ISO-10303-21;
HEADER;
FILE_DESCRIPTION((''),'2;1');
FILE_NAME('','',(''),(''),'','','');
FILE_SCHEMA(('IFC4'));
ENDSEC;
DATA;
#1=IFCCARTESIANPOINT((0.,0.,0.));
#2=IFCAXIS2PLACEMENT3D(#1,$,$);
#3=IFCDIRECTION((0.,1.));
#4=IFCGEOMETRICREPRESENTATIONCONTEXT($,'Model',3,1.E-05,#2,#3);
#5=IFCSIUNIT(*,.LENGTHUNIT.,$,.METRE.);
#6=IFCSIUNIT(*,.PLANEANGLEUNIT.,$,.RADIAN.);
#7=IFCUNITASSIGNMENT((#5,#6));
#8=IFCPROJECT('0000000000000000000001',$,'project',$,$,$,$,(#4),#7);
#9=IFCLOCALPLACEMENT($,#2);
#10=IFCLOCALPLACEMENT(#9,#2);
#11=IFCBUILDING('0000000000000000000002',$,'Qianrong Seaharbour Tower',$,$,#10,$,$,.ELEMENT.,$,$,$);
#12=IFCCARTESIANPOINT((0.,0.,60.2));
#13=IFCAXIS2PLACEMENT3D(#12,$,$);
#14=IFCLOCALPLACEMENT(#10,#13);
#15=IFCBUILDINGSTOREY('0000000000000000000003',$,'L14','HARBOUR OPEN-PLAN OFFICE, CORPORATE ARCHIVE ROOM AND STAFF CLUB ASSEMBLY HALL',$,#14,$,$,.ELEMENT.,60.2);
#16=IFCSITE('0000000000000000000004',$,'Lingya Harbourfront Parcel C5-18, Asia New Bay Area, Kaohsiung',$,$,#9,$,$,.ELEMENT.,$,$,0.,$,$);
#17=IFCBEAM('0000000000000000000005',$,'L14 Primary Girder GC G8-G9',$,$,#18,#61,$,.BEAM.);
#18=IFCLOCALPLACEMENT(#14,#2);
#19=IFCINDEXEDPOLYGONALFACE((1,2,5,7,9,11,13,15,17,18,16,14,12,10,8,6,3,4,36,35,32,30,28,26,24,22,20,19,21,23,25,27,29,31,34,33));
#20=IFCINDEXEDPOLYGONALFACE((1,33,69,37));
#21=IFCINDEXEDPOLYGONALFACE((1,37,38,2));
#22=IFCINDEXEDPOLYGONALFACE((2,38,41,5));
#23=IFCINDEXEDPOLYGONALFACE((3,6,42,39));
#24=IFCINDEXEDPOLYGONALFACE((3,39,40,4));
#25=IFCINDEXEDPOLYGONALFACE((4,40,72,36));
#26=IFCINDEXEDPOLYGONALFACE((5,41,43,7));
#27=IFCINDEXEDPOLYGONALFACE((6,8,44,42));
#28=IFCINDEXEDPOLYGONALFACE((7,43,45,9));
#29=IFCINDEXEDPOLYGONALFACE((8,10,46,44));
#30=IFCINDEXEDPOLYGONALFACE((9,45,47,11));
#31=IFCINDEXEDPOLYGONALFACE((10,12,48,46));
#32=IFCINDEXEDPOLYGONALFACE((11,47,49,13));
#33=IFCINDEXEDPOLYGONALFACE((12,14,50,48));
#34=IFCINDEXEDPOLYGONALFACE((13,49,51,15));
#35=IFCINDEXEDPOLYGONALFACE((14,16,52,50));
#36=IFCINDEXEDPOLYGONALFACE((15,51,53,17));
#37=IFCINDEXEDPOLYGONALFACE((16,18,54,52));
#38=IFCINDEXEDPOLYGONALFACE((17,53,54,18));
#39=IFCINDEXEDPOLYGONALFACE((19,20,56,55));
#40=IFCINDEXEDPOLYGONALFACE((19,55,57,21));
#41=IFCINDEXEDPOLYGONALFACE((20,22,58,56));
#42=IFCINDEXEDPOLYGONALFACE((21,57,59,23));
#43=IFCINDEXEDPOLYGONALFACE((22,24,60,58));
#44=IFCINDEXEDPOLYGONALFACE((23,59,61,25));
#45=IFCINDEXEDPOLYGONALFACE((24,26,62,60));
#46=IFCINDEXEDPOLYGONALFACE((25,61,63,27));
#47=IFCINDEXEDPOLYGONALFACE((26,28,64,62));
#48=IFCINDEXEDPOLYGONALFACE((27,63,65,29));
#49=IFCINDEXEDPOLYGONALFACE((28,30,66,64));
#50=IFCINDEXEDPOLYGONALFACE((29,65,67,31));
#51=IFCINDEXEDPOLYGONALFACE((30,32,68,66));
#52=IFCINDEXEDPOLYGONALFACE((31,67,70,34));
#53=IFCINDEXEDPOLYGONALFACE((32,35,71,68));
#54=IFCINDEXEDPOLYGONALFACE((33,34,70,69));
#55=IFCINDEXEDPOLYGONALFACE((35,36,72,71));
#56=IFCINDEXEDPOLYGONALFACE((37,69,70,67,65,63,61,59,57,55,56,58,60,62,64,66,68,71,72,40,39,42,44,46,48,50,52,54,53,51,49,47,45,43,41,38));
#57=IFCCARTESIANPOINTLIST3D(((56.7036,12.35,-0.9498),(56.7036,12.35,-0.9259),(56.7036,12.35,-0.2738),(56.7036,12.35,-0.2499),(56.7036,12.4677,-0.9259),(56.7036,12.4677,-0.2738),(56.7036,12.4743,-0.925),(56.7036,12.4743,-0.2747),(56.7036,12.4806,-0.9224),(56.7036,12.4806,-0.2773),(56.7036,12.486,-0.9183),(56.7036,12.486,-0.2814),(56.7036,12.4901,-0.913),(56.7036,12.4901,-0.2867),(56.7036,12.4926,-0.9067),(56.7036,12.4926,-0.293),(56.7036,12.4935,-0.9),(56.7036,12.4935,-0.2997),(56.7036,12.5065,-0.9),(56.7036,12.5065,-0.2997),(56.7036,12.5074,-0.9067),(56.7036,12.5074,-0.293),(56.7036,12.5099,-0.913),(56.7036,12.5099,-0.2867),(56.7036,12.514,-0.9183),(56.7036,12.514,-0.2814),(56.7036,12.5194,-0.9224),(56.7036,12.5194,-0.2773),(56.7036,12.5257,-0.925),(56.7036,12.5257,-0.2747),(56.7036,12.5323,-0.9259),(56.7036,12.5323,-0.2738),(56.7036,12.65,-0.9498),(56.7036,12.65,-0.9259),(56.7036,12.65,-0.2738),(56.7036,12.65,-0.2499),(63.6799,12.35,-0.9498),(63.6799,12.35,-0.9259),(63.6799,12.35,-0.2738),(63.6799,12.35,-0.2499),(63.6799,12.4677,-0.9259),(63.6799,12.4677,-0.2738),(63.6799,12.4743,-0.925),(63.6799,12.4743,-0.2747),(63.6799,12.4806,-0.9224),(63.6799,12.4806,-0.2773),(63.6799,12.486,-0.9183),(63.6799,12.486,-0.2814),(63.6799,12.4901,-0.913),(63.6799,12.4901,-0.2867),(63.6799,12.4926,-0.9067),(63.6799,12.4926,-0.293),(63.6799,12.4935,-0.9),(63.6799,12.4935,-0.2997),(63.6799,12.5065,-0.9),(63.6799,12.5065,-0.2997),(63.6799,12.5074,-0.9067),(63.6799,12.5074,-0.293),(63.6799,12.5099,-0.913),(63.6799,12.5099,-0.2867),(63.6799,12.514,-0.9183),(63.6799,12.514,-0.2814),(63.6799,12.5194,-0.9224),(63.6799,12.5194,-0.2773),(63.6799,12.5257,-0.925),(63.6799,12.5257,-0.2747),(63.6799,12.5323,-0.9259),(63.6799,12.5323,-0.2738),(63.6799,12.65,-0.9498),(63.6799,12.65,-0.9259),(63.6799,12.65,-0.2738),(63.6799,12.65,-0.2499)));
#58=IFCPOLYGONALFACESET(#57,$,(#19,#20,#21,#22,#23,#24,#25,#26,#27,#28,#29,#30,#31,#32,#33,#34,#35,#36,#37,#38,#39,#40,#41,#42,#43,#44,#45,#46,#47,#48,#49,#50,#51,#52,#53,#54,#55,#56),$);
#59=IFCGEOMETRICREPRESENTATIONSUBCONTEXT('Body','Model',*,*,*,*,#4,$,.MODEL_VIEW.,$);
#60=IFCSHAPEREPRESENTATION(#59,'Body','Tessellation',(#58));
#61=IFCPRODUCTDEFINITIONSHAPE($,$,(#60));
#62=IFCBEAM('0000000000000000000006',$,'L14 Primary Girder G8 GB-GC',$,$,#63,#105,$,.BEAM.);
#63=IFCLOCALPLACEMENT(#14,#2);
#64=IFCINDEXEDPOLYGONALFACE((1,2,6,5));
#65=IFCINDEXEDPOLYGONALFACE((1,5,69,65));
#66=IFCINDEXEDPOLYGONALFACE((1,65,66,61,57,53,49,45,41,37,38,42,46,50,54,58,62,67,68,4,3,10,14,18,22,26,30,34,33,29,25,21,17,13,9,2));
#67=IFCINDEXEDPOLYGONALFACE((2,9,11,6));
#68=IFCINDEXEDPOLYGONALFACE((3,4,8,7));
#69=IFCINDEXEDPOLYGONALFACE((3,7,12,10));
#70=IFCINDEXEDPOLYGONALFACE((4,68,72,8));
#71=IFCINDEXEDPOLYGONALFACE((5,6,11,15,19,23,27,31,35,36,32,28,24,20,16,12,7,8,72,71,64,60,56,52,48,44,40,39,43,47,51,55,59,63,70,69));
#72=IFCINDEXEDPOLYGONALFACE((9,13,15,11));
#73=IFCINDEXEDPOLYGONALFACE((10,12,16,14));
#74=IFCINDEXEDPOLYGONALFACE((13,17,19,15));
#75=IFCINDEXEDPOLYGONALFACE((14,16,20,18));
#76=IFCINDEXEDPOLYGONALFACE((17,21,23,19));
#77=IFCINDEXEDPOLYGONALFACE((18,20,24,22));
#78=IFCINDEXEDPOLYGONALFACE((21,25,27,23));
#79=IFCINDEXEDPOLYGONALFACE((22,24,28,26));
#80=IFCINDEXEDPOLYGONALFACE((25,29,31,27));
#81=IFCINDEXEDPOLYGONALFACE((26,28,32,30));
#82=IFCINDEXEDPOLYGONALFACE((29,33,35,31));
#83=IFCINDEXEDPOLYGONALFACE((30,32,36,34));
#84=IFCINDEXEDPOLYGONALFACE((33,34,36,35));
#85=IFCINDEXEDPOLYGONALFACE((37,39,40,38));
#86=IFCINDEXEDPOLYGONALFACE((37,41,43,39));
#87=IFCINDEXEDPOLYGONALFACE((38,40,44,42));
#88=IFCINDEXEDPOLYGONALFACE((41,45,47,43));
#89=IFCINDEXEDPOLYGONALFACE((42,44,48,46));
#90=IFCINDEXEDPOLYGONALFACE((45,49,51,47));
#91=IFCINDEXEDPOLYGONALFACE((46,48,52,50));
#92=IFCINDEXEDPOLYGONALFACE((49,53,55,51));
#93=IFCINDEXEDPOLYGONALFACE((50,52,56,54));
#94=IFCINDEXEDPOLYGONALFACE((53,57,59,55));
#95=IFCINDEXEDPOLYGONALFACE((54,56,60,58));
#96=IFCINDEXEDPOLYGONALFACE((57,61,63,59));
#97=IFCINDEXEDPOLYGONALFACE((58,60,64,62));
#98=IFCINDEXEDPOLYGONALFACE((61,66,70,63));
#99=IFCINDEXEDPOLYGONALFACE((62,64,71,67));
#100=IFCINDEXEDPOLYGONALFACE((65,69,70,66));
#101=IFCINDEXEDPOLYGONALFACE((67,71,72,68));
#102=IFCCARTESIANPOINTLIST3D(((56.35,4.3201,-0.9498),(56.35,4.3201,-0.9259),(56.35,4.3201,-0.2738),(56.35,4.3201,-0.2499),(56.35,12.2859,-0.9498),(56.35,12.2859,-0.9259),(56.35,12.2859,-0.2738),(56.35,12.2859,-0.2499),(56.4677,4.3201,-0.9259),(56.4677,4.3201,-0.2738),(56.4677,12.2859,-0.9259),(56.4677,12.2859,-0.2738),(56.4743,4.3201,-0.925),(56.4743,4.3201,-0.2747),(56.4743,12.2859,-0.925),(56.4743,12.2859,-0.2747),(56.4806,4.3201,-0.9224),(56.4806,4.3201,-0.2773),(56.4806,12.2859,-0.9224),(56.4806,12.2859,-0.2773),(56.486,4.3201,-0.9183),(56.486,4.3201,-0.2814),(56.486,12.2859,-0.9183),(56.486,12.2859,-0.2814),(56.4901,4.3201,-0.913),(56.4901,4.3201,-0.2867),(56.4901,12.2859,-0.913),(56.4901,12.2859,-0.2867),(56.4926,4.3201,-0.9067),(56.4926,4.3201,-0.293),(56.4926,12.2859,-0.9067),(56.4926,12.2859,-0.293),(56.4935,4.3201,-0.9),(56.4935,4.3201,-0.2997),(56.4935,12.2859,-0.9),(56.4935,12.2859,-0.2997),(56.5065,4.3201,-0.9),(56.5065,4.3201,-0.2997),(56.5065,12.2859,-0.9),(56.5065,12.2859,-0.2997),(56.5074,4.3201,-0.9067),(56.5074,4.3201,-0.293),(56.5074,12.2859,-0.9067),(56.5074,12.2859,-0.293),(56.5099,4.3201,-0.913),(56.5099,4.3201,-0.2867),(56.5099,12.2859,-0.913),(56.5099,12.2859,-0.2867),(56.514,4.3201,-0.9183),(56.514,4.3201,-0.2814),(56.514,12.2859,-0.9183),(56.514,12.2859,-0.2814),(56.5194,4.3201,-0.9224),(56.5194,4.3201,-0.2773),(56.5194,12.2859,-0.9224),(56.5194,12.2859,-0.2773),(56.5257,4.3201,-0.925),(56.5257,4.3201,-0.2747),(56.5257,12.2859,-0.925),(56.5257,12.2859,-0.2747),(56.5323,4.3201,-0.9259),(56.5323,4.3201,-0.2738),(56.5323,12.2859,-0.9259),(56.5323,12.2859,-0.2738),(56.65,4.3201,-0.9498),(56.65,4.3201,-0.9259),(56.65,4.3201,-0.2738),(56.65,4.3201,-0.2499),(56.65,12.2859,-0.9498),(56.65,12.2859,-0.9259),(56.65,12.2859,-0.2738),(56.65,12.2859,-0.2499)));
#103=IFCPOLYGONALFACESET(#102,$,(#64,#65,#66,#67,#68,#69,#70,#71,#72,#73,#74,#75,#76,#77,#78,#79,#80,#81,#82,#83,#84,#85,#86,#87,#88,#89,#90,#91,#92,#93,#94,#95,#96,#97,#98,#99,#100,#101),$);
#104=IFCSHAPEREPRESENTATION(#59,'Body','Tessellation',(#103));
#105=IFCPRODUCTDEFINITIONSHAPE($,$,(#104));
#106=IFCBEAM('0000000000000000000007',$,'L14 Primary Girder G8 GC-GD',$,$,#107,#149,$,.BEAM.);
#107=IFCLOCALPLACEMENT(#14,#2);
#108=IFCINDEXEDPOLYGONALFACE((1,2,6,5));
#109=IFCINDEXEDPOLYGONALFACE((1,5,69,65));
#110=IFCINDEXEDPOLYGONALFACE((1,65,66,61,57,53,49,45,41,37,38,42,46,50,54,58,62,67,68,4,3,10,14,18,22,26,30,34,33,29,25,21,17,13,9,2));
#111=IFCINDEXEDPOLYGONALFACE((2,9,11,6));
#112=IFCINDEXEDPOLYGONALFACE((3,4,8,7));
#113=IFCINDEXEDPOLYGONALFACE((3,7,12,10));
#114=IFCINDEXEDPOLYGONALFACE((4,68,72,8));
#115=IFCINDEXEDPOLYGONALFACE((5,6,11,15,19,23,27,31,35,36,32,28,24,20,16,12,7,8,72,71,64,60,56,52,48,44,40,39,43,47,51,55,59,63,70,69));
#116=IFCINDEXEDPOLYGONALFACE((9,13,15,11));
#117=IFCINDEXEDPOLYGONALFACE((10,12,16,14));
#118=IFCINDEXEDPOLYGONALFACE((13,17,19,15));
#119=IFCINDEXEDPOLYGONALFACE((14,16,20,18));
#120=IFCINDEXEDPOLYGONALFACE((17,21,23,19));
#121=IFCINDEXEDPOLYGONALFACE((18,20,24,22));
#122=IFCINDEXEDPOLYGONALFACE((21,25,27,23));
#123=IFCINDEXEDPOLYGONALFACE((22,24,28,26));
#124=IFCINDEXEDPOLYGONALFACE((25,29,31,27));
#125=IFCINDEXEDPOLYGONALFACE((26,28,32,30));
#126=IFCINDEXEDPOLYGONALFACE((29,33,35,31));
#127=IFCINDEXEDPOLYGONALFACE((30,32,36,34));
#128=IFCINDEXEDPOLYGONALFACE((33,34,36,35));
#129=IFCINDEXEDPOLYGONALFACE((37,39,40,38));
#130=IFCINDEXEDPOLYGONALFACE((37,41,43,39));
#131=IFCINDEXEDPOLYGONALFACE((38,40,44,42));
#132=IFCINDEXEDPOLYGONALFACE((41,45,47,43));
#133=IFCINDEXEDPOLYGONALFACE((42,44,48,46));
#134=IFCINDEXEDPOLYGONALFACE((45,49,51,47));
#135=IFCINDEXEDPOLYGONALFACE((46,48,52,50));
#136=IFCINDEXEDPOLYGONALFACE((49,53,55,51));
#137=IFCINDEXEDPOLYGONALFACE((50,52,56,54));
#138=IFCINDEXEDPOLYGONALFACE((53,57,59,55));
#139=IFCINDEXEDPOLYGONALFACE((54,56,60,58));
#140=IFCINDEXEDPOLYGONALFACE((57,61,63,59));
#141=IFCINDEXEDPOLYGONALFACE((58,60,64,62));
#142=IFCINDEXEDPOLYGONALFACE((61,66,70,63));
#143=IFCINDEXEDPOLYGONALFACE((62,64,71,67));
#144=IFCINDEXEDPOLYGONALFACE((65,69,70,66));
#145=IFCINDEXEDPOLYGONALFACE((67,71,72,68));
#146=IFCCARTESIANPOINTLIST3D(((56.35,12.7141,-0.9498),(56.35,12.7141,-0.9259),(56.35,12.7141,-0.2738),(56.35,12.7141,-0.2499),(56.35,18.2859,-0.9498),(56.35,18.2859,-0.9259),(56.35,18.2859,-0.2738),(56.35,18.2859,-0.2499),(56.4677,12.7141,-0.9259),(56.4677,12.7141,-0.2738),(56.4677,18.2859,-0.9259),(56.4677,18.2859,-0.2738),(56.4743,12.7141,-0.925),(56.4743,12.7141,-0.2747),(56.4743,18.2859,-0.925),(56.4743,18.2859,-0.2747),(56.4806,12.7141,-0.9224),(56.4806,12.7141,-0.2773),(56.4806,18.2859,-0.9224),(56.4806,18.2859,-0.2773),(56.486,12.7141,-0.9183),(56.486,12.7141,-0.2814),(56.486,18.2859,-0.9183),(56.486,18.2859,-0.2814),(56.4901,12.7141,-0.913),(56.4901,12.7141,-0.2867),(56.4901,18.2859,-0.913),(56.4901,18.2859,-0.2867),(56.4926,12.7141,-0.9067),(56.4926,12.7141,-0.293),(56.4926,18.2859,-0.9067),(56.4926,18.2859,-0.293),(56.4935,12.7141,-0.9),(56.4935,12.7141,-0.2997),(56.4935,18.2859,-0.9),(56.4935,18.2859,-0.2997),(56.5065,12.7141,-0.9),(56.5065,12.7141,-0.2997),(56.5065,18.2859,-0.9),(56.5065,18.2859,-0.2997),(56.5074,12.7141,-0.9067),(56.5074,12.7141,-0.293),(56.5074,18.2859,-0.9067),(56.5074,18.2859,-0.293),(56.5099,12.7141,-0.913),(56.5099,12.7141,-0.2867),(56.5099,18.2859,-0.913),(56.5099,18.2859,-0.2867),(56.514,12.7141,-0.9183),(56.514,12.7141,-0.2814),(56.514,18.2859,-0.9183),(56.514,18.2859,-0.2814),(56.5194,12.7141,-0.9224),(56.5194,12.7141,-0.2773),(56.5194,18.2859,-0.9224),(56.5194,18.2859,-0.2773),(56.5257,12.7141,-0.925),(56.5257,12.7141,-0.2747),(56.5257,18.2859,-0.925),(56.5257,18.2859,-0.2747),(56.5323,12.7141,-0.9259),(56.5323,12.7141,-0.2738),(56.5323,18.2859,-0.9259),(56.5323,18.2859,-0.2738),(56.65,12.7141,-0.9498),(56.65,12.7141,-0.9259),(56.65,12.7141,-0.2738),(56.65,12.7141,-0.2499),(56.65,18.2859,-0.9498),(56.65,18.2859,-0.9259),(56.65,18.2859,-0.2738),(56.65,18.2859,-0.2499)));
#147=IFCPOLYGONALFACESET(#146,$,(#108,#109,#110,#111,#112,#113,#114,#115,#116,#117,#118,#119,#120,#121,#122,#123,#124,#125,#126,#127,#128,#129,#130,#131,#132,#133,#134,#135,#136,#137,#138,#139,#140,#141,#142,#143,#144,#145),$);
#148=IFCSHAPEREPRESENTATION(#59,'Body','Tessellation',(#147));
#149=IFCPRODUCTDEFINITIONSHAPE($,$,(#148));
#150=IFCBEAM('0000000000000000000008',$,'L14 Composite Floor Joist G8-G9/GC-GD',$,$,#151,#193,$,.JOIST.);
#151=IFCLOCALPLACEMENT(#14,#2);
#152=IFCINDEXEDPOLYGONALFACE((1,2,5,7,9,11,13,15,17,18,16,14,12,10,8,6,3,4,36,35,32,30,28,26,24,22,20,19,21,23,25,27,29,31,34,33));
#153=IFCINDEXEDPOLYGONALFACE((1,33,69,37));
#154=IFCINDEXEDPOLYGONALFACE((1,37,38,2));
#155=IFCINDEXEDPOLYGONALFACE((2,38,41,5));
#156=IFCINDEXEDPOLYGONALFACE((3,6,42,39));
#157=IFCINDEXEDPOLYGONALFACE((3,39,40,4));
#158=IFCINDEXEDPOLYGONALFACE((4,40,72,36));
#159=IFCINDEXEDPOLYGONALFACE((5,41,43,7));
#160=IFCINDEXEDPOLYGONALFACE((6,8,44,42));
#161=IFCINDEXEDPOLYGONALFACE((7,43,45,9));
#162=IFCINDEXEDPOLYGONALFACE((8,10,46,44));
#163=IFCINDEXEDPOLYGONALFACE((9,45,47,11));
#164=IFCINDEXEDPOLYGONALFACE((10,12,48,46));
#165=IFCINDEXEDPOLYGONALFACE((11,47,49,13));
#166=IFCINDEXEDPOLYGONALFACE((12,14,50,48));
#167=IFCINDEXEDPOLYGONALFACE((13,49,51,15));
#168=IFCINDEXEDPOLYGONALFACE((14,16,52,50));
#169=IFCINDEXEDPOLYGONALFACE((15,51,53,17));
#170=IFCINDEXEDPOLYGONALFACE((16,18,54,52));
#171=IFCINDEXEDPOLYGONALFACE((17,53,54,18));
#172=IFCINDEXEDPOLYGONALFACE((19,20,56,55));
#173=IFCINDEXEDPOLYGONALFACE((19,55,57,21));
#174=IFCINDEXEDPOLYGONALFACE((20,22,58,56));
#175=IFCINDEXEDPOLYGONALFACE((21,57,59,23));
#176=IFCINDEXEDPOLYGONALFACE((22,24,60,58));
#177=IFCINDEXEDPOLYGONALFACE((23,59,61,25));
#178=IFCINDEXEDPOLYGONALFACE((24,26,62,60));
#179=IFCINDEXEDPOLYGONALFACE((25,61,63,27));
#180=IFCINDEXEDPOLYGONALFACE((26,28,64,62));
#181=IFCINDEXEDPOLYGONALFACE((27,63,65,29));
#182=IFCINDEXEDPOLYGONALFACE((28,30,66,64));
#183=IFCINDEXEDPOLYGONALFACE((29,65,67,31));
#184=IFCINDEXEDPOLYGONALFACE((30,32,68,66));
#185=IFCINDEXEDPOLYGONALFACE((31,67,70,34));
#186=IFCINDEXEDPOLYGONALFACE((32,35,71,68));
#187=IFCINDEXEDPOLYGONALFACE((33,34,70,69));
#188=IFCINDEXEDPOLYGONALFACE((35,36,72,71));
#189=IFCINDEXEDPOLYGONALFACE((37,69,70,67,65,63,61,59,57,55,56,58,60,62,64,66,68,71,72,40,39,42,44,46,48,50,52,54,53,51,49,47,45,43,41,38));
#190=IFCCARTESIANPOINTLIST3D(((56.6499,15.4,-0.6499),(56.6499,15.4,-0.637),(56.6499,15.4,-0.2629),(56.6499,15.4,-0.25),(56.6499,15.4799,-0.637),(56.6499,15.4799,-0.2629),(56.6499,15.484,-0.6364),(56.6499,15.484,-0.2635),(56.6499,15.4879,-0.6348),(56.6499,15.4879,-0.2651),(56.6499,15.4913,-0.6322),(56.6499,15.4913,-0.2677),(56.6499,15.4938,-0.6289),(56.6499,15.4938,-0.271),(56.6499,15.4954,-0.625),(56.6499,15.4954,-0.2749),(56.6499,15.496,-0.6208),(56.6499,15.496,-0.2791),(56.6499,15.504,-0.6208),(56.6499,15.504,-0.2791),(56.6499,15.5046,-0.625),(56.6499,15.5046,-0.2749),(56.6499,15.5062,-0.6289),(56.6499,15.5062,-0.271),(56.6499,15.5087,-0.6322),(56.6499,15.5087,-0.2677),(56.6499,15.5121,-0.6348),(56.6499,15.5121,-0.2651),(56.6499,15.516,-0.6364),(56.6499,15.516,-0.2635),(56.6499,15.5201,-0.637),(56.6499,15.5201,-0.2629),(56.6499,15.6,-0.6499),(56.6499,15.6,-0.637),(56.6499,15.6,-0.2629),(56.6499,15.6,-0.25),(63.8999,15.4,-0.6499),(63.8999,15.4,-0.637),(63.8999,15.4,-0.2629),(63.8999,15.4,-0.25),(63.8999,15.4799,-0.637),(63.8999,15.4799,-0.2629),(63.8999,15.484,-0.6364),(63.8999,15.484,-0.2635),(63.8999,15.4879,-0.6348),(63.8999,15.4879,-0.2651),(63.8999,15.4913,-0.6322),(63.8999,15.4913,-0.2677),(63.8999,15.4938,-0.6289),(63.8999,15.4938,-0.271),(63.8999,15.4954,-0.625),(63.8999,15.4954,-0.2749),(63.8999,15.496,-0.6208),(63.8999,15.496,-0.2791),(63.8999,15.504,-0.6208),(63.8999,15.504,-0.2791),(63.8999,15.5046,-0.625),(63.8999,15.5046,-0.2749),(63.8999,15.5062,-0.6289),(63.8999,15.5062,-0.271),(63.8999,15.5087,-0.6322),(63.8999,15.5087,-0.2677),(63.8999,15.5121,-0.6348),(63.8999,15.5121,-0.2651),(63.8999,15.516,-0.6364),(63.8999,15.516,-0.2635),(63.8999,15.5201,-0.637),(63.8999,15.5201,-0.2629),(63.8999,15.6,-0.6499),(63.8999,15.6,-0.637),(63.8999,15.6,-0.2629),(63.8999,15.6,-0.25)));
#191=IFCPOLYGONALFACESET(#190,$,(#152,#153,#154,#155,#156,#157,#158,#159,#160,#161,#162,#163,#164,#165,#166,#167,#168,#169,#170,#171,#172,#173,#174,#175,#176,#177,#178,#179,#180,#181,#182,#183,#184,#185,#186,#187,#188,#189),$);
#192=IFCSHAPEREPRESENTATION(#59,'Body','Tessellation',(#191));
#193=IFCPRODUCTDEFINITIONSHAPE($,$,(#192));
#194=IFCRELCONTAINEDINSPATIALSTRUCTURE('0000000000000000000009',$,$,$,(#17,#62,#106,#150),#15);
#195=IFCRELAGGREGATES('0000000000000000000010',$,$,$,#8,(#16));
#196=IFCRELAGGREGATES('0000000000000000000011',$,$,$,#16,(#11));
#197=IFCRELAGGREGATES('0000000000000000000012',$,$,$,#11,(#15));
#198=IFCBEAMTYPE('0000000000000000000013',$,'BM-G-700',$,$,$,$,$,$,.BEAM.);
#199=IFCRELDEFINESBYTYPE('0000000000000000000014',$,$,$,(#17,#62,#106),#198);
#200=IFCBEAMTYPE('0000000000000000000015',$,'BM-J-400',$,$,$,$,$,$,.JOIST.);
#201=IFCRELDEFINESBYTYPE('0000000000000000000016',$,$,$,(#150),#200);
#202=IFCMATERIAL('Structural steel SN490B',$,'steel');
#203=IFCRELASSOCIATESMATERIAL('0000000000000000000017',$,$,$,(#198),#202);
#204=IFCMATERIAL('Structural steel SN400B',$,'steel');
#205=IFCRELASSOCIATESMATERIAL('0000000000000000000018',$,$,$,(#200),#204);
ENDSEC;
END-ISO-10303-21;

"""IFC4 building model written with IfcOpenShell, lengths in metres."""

from ifc_helpers import new_model, si_unit, direction, frame, origin, origin_2d, place, context, subcontext, project, spatial, i_section, extrude, material, material_profile, profile_set, type_object, element, save


model = new_model("IFC4")

# Units and contexts
model_context = context("Model", 3, precision=1e-05, world=origin(), true_north=direction((0.0, 1.0)))
body_context = subcontext(model_context, "Body", "Model", "MODEL_VIEW")
ifc_project = project(units=[si_unit("LENGTHUNIT", "METRE"), si_unit("PLANEANGLEUNIT", "RADIAN")], contexts=[model_context])

# Site, building, storey
site_placement = place(None, origin())
site = spatial("IfcSite", under=ifc_project, at=site_placement, Name="Lingya Harbourfront Parcel C5-18, Asia New Bay Area, Kaohsiung", CompositionType="ELEMENT", RefElevation=0.0)
building_placement = place(site_placement, origin())
building = spatial("IfcBuilding", under=site, at=building_placement, Name="Qianrong Seaharbour Tower", CompositionType="ELEMENT")
storey_placement = place(building_placement, frame((0.0, 0.0, 60.2)))
storey = spatial("IfcBuildingStorey", under=building, at=storey_placement, Name="L14", Description="HARBOUR OPEN-PLAN OFFICE, CORPORATE ARCHIVE ROOM AND STAFF CLUB ASSEMBLY HALL", CompositionType="ELEMENT", Elevation=60.2)

# Shared definitions
ifc_material_1 = material(Name="Structural steel SN490B", Category="steel")

# Beams
ifc_material_profile_1 = material_profile(ifc_material_1, i_section(OverallWidth=0.3, OverallDepth=0.7, WebThickness=0.0129, FlangeThickness=0.0239, FilletRadius=0.0259, at=origin_2d()), Name="H700x300x13x24")
ifc_profile_set_1 = profile_set([ifc_material_profile_1], Name="Structural steel SN490B")
beam_type_1 = type_object("IfcBeamType", Name="BM-G-700", PredefinedType="BEAM", material=ifc_profile_set_1)
beam_1_placement = place(storey_placement, frame((56.7036, 12.5, -0.5999), z_axis=(1.0, 0.0, 0.0), x_axis=(0.0, 1.0, 0.0)))
element("IfcBeam", 1, at=beam_1_placement, inside=storey, type_object=beam_type_1, Name="L14 Primary Girder GC G8-G9", PredefinedType="BEAM", context=body_context, shape_type="SweptSolid", body=[
    extrude(i_section(OverallWidth=0.3, OverallDepth=0.7, WebThickness=0.0129, FlangeThickness=0.0239, FilletRadius=0.0259, at=origin_2d()), origin(), (0.0, 0.0, 1.0), 6.9763),
])
beam_2_placement = place(storey_placement, frame((56.5, 4.3201, -0.5999), z_axis=(0.0, 1.0, 0.0), x_axis=(-1.0, 0.0, 0.0)))
element("IfcBeam", 2, at=beam_2_placement, inside=storey, type_object=beam_type_1, Name="L14 Primary Girder G8 GB-GC", PredefinedType="BEAM", context=body_context, shape_type="SweptSolid", body=[
    extrude(i_section(OverallWidth=0.3, OverallDepth=0.7, WebThickness=0.0129, FlangeThickness=0.0239, FilletRadius=0.0259, at=origin_2d()), origin(), (0.0, 0.0, 1.0), 7.9658),
])
beam_3_placement = place(storey_placement, frame((56.5, 12.7141, -0.5999), z_axis=(0.0, 1.0, 0.0), x_axis=(-1.0, 0.0, 0.0)))
element("IfcBeam", 3, at=beam_3_placement, inside=storey, type_object=beam_type_1, Name="L14 Primary Girder G8 GC-GD", PredefinedType="BEAM", context=body_context, shape_type="SweptSolid", body=[
    extrude(i_section(OverallWidth=0.3, OverallDepth=0.7, WebThickness=0.0129, FlangeThickness=0.0239, FilletRadius=0.0259, at=origin_2d()), origin(), (0.0, 0.0, 1.0), 5.5718),
])
ifc_material_2 = material(Name="Structural steel SN400B", Category="steel")
ifc_material_profile_2 = material_profile(ifc_material_2, i_section(OverallWidth=0.2, OverallDepth=0.3999, WebThickness=0.0081, FlangeThickness=0.0129, FilletRadius=0.0161, at=origin_2d()), Name="H400x200x8x13")
ifc_profile_set_2 = profile_set([ifc_material_profile_2], Name="Structural steel SN400B")
beam_type_2 = type_object("IfcBeamType", Name="BM-J-400", PredefinedType="JOIST", material=ifc_profile_set_2)
beam_4_placement = place(storey_placement, frame((56.6499, 15.5, -0.45), z_axis=(1.0, 0.0, 0.0), x_axis=(0.0, 1.0, 0.0)))
element("IfcBeam", 4, at=beam_4_placement, inside=storey, type_object=beam_type_2, Name="L14 Composite Floor Joist G8-G9/GC-GD", PredefinedType="JOIST", context=body_context, shape_type="SweptSolid", body=[
    extrude(i_section(OverallWidth=0.2, OverallDepth=0.3999, WebThickness=0.0081, FlangeThickness=0.0129, FilletRadius=0.0161, at=origin_2d()), origin(), (0.0, 0.0, 1.0), 7.25),
])

save(model, "model.ifc")
